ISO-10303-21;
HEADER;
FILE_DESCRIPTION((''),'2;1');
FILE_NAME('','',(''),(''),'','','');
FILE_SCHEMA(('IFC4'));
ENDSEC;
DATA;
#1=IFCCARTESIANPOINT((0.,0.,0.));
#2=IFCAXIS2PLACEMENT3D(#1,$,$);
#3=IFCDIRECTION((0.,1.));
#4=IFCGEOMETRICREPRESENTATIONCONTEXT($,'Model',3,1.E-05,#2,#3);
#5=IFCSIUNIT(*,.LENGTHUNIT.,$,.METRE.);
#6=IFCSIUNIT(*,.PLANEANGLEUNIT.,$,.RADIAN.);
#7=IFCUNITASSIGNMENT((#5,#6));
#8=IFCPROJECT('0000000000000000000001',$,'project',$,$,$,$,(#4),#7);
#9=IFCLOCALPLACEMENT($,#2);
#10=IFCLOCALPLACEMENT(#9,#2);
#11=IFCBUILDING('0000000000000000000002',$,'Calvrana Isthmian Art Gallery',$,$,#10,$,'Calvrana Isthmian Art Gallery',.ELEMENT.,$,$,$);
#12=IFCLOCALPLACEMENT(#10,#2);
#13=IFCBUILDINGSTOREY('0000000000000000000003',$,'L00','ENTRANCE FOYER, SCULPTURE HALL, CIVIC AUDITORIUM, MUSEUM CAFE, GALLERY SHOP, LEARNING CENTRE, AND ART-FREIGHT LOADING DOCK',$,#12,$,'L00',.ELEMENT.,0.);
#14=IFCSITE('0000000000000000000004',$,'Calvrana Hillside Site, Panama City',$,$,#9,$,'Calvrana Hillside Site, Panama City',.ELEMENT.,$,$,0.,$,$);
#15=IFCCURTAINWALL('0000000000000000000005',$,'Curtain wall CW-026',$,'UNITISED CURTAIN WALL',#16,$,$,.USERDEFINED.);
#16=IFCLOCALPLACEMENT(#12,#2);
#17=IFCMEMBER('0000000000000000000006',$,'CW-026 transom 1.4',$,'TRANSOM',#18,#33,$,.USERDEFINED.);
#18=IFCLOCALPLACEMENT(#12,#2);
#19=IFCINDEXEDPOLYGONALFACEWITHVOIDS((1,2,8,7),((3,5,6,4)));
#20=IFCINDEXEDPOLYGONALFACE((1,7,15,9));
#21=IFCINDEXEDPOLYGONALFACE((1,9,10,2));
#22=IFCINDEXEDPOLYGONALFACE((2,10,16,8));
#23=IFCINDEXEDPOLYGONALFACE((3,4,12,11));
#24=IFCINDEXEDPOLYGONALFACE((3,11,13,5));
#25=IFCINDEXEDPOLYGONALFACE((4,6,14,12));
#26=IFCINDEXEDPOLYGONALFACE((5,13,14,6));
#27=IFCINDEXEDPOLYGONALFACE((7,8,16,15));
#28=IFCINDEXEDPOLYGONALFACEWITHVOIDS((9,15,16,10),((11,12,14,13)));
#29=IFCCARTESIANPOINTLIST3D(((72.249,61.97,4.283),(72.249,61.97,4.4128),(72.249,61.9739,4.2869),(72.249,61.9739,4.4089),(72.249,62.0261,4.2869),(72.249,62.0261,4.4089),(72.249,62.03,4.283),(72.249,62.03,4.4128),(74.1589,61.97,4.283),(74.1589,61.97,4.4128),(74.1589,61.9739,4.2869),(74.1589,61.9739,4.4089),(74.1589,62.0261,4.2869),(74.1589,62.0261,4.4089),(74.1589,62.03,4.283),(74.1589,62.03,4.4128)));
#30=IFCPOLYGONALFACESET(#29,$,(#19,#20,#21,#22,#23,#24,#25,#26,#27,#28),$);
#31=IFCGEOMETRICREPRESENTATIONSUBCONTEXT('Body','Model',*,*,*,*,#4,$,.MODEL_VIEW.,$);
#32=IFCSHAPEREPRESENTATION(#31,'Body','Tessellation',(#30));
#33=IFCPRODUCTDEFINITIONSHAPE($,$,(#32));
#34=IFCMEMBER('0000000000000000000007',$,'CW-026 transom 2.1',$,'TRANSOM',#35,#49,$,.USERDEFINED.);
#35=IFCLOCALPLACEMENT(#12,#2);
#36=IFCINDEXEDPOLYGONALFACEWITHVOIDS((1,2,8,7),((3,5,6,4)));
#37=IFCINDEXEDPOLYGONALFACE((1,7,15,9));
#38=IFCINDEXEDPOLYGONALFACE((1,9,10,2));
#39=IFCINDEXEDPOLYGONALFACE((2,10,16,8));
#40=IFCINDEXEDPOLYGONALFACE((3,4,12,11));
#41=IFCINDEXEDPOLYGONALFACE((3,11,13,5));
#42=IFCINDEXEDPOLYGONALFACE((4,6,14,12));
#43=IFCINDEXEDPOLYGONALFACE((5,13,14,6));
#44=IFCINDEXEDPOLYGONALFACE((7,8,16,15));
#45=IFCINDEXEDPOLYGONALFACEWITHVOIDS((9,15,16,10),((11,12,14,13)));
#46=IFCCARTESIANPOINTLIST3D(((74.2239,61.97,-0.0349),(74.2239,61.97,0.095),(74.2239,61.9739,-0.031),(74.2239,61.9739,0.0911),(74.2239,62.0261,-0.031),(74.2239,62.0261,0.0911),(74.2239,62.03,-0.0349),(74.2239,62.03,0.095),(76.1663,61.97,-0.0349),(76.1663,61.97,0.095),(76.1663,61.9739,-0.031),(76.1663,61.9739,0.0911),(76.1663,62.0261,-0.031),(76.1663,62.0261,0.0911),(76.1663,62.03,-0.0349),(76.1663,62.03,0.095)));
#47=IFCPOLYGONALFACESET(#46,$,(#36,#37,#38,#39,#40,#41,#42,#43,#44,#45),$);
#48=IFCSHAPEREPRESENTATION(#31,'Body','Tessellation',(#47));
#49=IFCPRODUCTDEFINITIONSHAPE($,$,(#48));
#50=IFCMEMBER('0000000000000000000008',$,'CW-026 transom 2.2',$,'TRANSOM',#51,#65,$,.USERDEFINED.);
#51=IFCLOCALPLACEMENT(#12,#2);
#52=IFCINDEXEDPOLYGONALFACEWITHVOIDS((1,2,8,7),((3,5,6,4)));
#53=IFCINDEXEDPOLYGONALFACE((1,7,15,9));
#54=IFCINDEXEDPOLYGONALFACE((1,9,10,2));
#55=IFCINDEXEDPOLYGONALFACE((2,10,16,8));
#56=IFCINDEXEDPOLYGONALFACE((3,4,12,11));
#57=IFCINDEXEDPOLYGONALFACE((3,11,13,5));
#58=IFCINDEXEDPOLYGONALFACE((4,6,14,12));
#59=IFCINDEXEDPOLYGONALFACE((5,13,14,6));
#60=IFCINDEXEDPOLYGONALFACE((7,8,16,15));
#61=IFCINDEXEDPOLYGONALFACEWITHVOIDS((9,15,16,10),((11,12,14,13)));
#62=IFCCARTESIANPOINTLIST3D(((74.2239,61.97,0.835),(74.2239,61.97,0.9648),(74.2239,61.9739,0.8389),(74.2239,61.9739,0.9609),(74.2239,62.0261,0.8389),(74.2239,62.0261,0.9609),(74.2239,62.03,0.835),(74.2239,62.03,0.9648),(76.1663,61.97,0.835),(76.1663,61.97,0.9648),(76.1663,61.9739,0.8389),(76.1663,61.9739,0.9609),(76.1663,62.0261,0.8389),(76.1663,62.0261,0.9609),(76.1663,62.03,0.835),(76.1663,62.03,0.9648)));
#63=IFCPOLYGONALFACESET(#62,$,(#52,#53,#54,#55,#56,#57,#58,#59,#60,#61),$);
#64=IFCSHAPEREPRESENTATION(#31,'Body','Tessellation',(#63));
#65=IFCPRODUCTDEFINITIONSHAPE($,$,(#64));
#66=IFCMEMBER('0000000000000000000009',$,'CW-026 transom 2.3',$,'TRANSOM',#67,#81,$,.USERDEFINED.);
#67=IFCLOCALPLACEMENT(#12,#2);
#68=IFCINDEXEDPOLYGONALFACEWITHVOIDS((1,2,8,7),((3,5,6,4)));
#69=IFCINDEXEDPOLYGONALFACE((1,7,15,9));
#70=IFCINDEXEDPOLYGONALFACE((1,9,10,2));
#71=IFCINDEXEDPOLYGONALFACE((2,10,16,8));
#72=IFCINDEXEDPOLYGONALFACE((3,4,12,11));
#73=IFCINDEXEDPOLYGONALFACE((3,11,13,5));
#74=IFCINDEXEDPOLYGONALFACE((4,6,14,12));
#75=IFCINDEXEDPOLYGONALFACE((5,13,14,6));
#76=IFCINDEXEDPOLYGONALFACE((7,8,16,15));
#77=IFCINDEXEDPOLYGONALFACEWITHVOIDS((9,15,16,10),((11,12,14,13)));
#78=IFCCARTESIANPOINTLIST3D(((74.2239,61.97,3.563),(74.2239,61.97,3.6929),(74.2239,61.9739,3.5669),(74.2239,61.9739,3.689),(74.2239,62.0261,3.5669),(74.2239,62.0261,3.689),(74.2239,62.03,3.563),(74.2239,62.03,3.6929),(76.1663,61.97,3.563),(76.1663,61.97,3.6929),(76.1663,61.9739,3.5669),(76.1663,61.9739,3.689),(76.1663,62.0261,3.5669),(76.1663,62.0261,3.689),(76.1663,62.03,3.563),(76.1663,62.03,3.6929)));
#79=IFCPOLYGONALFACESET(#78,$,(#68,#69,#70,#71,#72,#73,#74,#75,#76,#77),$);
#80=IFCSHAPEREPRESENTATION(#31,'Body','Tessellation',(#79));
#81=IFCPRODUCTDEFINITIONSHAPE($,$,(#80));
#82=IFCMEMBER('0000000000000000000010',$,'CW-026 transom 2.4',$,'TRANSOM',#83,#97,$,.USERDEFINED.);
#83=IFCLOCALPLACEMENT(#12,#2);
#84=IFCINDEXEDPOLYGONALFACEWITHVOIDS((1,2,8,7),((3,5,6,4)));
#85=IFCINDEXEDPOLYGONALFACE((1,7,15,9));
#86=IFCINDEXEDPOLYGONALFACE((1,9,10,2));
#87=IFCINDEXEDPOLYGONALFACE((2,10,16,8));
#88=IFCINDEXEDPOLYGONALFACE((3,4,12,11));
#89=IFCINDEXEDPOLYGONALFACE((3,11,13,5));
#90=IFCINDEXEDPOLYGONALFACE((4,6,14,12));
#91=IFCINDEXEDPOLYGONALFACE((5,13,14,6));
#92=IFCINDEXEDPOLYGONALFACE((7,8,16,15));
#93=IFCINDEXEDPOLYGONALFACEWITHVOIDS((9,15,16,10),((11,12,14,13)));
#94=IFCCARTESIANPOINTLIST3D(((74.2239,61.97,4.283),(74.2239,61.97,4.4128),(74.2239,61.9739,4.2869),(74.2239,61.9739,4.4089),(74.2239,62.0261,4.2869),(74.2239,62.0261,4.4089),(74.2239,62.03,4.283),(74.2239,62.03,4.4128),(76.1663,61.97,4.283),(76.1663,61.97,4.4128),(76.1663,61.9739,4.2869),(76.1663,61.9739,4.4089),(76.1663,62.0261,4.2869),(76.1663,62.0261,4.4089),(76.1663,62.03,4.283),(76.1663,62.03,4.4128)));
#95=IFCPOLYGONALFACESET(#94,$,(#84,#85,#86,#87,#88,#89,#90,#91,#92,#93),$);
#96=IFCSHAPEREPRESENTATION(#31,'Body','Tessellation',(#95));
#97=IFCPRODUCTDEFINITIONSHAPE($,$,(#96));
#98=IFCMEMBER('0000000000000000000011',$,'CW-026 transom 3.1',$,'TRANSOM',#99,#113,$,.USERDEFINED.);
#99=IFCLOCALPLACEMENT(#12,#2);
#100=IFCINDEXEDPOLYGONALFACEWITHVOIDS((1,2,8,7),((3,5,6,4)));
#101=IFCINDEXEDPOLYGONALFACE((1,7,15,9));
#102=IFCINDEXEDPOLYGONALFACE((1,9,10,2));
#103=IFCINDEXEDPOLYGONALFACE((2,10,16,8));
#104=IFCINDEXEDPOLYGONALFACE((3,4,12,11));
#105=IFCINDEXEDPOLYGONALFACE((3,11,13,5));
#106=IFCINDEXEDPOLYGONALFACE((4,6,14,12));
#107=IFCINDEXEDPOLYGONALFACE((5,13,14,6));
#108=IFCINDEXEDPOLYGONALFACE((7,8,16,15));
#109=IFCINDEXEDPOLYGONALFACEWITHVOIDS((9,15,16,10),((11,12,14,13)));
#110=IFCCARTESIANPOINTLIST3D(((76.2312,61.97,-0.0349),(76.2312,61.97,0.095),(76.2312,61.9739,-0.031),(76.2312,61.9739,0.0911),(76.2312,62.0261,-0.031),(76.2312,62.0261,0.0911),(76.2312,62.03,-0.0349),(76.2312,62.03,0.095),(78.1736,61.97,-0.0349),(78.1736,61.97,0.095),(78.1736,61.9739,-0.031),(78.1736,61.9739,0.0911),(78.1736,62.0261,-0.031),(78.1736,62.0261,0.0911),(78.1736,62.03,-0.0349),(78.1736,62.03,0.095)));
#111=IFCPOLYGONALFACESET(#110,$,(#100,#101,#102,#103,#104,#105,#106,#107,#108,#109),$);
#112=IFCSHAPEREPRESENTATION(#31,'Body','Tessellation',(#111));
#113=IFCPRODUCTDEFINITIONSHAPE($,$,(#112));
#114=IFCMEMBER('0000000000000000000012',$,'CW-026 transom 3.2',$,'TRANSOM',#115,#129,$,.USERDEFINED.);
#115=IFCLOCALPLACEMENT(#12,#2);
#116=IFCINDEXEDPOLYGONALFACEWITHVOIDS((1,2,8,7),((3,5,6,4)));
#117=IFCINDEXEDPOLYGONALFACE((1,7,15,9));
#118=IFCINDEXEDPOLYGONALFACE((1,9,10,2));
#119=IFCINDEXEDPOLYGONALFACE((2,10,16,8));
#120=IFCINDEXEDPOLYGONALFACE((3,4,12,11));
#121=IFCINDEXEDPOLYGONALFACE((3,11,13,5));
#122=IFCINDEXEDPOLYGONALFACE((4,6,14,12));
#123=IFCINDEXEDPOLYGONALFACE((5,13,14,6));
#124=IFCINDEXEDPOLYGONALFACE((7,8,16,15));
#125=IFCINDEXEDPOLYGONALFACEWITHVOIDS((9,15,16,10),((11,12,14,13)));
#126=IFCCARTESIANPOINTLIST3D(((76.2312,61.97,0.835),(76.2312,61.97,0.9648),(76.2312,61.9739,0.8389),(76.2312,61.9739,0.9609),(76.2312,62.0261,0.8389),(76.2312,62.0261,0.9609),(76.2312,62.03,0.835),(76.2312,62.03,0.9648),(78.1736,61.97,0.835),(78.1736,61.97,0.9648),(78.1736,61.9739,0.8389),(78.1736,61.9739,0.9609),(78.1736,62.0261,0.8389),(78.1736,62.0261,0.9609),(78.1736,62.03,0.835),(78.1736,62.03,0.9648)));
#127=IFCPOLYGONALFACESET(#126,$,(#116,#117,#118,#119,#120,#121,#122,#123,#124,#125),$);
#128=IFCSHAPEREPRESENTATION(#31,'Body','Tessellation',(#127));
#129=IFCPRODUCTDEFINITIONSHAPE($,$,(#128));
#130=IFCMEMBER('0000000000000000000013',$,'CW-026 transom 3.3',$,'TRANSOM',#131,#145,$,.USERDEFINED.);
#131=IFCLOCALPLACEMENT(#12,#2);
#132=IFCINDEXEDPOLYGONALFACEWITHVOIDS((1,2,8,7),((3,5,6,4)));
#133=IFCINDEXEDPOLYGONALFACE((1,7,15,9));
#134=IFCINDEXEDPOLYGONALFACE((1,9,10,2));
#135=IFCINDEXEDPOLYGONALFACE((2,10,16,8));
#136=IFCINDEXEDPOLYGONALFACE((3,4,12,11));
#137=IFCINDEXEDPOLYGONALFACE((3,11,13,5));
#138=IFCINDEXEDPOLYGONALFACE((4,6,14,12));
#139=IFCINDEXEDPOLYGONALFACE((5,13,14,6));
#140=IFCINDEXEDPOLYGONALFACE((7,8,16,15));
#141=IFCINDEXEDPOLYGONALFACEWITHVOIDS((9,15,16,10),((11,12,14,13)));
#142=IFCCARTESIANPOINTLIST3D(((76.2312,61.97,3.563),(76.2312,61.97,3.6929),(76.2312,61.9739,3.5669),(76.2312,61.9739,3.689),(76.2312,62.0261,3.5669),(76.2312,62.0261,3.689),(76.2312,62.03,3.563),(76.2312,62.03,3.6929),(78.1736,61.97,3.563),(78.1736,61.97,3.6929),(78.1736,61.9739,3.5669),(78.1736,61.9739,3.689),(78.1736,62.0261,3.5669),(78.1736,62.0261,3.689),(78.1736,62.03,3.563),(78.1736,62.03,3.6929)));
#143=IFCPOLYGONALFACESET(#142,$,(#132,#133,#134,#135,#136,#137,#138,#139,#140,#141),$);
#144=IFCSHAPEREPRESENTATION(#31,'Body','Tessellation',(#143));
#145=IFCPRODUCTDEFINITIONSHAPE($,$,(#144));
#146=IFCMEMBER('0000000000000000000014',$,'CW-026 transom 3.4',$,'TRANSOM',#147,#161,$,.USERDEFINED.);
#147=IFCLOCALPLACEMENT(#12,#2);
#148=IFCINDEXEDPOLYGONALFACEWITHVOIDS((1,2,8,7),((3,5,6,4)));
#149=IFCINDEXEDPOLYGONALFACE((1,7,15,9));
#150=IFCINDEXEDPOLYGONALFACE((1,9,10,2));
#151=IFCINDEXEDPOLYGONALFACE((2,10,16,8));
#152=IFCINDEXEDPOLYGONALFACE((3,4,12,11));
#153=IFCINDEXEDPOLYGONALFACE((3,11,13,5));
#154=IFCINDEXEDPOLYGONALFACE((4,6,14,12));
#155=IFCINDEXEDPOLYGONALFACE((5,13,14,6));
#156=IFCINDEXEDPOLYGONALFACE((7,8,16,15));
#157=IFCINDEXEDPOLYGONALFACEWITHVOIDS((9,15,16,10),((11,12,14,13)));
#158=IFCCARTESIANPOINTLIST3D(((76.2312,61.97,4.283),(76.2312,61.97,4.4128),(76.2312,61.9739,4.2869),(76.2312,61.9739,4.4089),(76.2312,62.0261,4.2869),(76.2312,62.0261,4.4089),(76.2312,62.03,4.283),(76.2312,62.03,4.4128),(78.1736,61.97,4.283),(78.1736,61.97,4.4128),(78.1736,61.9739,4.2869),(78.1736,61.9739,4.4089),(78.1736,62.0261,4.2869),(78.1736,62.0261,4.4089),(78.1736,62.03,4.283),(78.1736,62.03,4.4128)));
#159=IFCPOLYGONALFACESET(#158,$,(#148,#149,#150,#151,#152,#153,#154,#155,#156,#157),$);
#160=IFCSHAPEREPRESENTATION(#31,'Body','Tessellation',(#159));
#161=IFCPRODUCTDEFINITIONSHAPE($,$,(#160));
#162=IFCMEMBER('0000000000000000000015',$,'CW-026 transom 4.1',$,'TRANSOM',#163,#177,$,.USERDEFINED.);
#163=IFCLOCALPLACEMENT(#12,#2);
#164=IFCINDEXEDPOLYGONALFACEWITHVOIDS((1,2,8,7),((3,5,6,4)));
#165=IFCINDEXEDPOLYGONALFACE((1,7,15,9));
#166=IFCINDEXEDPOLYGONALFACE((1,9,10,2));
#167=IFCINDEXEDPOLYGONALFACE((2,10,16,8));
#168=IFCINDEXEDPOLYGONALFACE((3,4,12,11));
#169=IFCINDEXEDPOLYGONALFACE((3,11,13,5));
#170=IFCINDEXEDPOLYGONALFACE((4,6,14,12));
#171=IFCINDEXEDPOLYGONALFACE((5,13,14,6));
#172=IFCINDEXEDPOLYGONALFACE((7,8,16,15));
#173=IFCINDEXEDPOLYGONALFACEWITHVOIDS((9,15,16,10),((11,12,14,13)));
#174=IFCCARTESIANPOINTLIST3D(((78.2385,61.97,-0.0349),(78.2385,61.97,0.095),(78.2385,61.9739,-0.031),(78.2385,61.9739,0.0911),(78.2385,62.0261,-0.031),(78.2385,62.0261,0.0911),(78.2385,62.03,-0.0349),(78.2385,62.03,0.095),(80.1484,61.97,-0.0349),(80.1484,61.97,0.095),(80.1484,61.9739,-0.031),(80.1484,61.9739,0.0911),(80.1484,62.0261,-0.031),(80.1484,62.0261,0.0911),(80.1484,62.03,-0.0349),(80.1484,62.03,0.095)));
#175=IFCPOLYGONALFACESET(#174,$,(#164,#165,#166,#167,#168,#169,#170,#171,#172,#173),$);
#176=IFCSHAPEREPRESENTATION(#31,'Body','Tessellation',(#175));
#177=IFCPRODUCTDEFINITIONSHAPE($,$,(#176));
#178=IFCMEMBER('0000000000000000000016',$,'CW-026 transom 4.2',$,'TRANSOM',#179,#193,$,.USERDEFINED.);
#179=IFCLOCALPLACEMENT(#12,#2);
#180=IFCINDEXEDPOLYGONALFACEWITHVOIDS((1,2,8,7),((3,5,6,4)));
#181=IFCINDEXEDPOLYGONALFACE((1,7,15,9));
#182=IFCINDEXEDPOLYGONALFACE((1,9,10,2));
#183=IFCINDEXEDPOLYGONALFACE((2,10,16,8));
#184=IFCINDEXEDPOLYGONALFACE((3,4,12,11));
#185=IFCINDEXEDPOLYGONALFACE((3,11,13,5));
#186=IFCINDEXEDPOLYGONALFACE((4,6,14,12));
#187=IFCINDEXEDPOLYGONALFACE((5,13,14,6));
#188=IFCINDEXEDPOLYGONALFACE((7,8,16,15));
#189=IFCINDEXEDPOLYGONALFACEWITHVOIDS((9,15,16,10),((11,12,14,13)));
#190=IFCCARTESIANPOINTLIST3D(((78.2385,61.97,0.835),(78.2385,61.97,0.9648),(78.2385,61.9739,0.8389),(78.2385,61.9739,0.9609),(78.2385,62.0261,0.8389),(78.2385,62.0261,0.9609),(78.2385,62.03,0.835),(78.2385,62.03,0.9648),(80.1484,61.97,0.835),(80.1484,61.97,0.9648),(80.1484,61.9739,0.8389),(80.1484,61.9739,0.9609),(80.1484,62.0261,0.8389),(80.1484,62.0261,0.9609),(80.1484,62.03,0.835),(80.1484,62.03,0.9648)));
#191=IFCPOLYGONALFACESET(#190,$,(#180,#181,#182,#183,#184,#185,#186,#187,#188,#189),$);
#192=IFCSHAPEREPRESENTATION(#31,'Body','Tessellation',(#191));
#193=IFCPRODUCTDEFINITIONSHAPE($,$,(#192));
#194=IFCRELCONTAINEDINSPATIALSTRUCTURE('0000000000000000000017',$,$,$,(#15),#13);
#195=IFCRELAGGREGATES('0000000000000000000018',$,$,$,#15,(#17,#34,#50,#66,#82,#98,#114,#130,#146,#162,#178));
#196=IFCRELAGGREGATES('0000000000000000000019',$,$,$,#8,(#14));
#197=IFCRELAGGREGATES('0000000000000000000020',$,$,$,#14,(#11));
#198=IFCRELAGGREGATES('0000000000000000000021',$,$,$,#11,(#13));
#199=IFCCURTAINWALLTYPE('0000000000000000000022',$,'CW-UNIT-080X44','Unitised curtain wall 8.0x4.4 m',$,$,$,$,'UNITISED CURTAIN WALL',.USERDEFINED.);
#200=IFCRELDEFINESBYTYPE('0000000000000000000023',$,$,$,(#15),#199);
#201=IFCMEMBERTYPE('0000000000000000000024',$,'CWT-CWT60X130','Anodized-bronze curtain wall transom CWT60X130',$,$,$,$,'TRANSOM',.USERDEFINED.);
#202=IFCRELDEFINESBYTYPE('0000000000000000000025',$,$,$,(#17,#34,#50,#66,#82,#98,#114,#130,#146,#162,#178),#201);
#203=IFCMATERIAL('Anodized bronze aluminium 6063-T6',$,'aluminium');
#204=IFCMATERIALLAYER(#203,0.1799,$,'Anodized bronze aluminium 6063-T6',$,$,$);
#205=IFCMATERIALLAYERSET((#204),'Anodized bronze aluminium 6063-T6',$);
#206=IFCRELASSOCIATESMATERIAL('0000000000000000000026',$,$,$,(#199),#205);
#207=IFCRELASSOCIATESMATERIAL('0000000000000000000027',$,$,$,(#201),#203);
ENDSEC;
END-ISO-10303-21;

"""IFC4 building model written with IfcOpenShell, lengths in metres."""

from ifc_helpers import new_model, si_unit, direction, frame, origin, origin_2d, place, context, subcontext, project, spatial, hollow_rectangle, extrude, material, layer, layer_set, material_profile, profile_set, type_object, element, aggregate, save


model = new_model("IFC4")

# Units and contexts
model_context = context("Model", 3, precision=1e-05, world=origin(), true_north=direction((0.0, 1.0)))
body_context = subcontext(model_context, "Body", "Model", "MODEL_VIEW")
ifc_project = project(units=[si_unit("LENGTHUNIT", "METRE"), si_unit("PLANEANGLEUNIT", "RADIAN")], contexts=[model_context])

# Site, building, storey
site_placement = place(None, origin())
site = spatial("IfcSite", under=ifc_project, at=site_placement, Name="Calvrana Hillside Site, Panama City", LongName="Calvrana Hillside Site, Panama City", CompositionType="ELEMENT", RefElevation=0.0)
building_placement = place(site_placement, origin())
building = spatial("IfcBuilding", under=site, at=building_placement, Name="Calvrana Isthmian Art Gallery", LongName="Calvrana Isthmian Art Gallery", CompositionType="ELEMENT")
storey_placement = place(building_placement, origin())
storey = spatial("IfcBuildingStorey", under=building, at=storey_placement, Name="L00", Description="ENTRANCE FOYER, SCULPTURE HALL, CIVIC AUDITORIUM, MUSEUM CAFE, GALLERY SHOP, LEARNING CENTRE, AND ART-FREIGHT LOADING DOCK", LongName="L00", CompositionType="ELEMENT", Elevation=0.0)

# Curtain wall, members
ifc_material_1 = material(Name="Anodized bronze aluminium 6063-T6", Category="aluminium")
ifc_layer_1 = layer(ifc_material_1, 0.1799, Name="Anodized bronze aluminium 6063-T6")
ifc_layer_set_1 = layer_set([ifc_layer_1], Name="Anodized bronze aluminium 6063-T6")
curtain_wall_type = type_object("IfcCurtainWallType", Name="CW-UNIT-080X44", Description="Unitised curtain wall 8.0x4.4 m", ElementType="UNITISED CURTAIN WALL", PredefinedType="USERDEFINED", material=ifc_layer_set_1)
curtain_wall_placement = place(storey_placement, origin())
curtain_wall = element("IfcCurtainWall", 1, at=curtain_wall_placement, inside=storey, type_object=curtain_wall_type, Name="Curtain wall CW-026", ObjectType="UNITISED CURTAIN WALL", PredefinedType="USERDEFINED")
ifc_material_profile_1 = material_profile(ifc_material_1, hollow_rectangle(XDim=0.0601, YDim=0.1299, WallThickness=0.0039, at=origin_2d()), Name="CWT60X130")
ifc_profile_set_1 = profile_set([ifc_material_profile_1], Name="Anodized bronze aluminium 6063-T6")
member_type_1 = type_object("IfcMemberType", Name="CWT-CWT60X130", Description="Anodized-bronze curtain wall transom CWT60X130", ElementType="TRANSOM", PredefinedType="USERDEFINED", material=ifc_profile_set_1)
member_1_placement = place(storey_placement, frame((72.249, 62.0, 4.3479), z_axis=(1.0, 0.0, 0.0), x_axis=(0.0, 1.0, 0.0)))
member_1 = element("IfcMember", 2, at=member_1_placement, type_object=member_type_1, Name="CW-026 transom 1.4", ObjectType="TRANSOM", PredefinedType="USERDEFINED", context=body_context, shape_type="SweptSolid", body=[
    extrude(hollow_rectangle(XDim=0.0601, YDim=0.1299, WallThickness=0.0039, at=origin_2d()), origin(), (0.0, 0.0, 1.0), 1.9099),
])
member_2_placement = place(storey_placement, frame((74.2239, 62.0, 0.03), z_axis=(1.0, 0.0, 0.0), x_axis=(0.0, 1.0, 0.0)))
member_2 = element("IfcMember", 3, at=member_2_placement, type_object=member_type_1, Name="CW-026 transom 2.1", ObjectType="TRANSOM", PredefinedType="USERDEFINED", context=body_context, shape_type="SweptSolid", body=[
    extrude(hollow_rectangle(XDim=0.0601, YDim=0.1299, WallThickness=0.0039, at=origin_2d()), origin(), (0.0, 0.0, 1.0), 1.9424),
])
member_3_placement = place(storey_placement, frame((74.2239, 62.0, 0.8999), z_axis=(1.0, 0.0, 0.0), x_axis=(0.0, 1.0, 0.0)))
member_3 = element("IfcMember", 4, at=member_3_placement, type_object=member_type_1, Name="CW-026 transom 2.2", ObjectType="TRANSOM", PredefinedType="USERDEFINED", context=body_context, shape_type="SweptSolid", body=[
    extrude(hollow_rectangle(XDim=0.0601, YDim=0.1299, WallThickness=0.0039, at=origin_2d()), origin(), (0.0, 0.0, 1.0), 1.9424),
])
member_4_placement = place(storey_placement, frame((74.2239, 62.0, 3.6279), z_axis=(1.0, 0.0, 0.0), x_axis=(0.0, 1.0, 0.0)))
member_4 = element("IfcMember", 5, at=member_4_placement, type_object=member_type_1, Name="CW-026 transom 2.3", ObjectType="TRANSOM", PredefinedType="USERDEFINED", context=body_context, shape_type="SweptSolid", body=[
    extrude(hollow_rectangle(XDim=0.0601, YDim=0.1299, WallThickness=0.0039, at=origin_2d()), origin(), (0.0, 0.0, 1.0), 1.9424),
])
member_5_placement = place(storey_placement, frame((74.2239, 62.0, 4.3479), z_axis=(1.0, 0.0, 0.0), x_axis=(0.0, 1.0, 0.0)))
member_5 = element("IfcMember", 6, at=member_5_placement, type_object=member_type_1, Name="CW-026 transom 2.4", ObjectType="TRANSOM", PredefinedType="USERDEFINED", context=body_context, shape_type="SweptSolid", body=[
    extrude(hollow_rectangle(XDim=0.0601, YDim=0.1299, WallThickness=0.0039, at=origin_2d()), origin(), (0.0, 0.0, 1.0), 1.9424),
])
member_6_placement = place(storey_placement, frame((76.2312, 62.0, 0.03), z_axis=(1.0, 0.0, 0.0), x_axis=(0.0, 1.0, 0.0)))
member_6 = element("IfcMember", 7, at=member_6_placement, type_object=member_type_1, Name="CW-026 transom 3.1", ObjectType="TRANSOM", PredefinedType="USERDEFINED", context=body_context, shape_type="SweptSolid", body=[
    extrude(hollow_rectangle(XDim=0.0601, YDim=0.1299, WallThickness=0.0039, at=origin_2d()), origin(), (0.0, 0.0, 1.0), 1.9424),
])
member_7_placement = place(storey_placement, frame((76.2312, 62.0, 0.8999), z_axis=(1.0, 0.0, 0.0), x_axis=(0.0, 1.0, 0.0)))
member_7 = element("IfcMember", 8, at=member_7_placement, type_object=member_type_1, Name="CW-026 transom 3.2", ObjectType="TRANSOM", PredefinedType="USERDEFINED", context=body_context, shape_type="SweptSolid", body=[
    extrude(hollow_rectangle(XDim=0.0601, YDim=0.1299, WallThickness=0.0039, at=origin_2d()), origin(), (0.0, 0.0, 1.0), 1.9424),
])
member_8_placement = place(storey_placement, frame((76.2312, 62.0, 3.6279), z_axis=(1.0, 0.0, 0.0), x_axis=(0.0, 1.0, 0.0)))
member_8 = element("IfcMember", 9, at=member_8_placement, type_object=member_type_1, Name="CW-026 transom 3.3", ObjectType="TRANSOM", PredefinedType="USERDEFINED", context=body_context, shape_type="SweptSolid", body=[
    extrude(hollow_rectangle(XDim=0.0601, YDim=0.1299, WallThickness=0.0039, at=origin_2d()), origin(), (0.0, 0.0, 1.0), 1.9424),
])
member_9_placement = place(storey_placement, frame((76.2312, 62.0, 4.3479), z_axis=(1.0, 0.0, 0.0), x_axis=(0.0, 1.0, 0.0)))
member_9 = element("IfcMember", 10, at=member_9_placement, type_object=member_type_1, Name="CW-026 transom 3.4", ObjectType="TRANSOM", PredefinedType="USERDEFINED", context=body_context, shape_type="SweptSolid", body=[
    extrude(hollow_rectangle(XDim=0.0601, YDim=0.1299, WallThickness=0.0039, at=origin_2d()), origin(), (0.0, 0.0, 1.0), 1.9424),
])
member_10_placement = place(storey_placement, frame((78.2385, 62.0, 0.03), z_axis=(1.0, 0.0, 0.0), x_axis=(0.0, 1.0, 0.0)))
member_10 = element("IfcMember", 11, at=member_10_placement, type_object=member_type_1, Name="CW-026 transom 4.1", ObjectType="TRANSOM", PredefinedType="USERDEFINED", context=body_context, shape_type="SweptSolid", body=[
    extrude(hollow_rectangle(XDim=0.0601, YDim=0.1299, WallThickness=0.0039, at=origin_2d()), origin(), (0.0, 0.0, 1.0), 1.9099),
])
member_11_placement = place(storey_placement, frame((78.2385, 62.0, 0.8999), z_axis=(1.0, 0.0, 0.0), x_axis=(0.0, 1.0, 0.0)))
member_11 = element("IfcMember", 12, at=member_11_placement, type_object=member_type_1, Name="CW-026 transom 4.2", ObjectType="TRANSOM", PredefinedType="USERDEFINED", context=body_context, shape_type="SweptSolid", body=[
    extrude(hollow_rectangle(XDim=0.0601, YDim=0.1299, WallThickness=0.0039, at=origin_2d()), origin(), (0.0, 0.0, 1.0), 1.9099),
])
aggregate(curtain_wall, [member_1, member_2, member_3, member_4, member_5, member_6, member_7, member_8, member_9, member_10, member_11])

save(model, "model.ifc")
